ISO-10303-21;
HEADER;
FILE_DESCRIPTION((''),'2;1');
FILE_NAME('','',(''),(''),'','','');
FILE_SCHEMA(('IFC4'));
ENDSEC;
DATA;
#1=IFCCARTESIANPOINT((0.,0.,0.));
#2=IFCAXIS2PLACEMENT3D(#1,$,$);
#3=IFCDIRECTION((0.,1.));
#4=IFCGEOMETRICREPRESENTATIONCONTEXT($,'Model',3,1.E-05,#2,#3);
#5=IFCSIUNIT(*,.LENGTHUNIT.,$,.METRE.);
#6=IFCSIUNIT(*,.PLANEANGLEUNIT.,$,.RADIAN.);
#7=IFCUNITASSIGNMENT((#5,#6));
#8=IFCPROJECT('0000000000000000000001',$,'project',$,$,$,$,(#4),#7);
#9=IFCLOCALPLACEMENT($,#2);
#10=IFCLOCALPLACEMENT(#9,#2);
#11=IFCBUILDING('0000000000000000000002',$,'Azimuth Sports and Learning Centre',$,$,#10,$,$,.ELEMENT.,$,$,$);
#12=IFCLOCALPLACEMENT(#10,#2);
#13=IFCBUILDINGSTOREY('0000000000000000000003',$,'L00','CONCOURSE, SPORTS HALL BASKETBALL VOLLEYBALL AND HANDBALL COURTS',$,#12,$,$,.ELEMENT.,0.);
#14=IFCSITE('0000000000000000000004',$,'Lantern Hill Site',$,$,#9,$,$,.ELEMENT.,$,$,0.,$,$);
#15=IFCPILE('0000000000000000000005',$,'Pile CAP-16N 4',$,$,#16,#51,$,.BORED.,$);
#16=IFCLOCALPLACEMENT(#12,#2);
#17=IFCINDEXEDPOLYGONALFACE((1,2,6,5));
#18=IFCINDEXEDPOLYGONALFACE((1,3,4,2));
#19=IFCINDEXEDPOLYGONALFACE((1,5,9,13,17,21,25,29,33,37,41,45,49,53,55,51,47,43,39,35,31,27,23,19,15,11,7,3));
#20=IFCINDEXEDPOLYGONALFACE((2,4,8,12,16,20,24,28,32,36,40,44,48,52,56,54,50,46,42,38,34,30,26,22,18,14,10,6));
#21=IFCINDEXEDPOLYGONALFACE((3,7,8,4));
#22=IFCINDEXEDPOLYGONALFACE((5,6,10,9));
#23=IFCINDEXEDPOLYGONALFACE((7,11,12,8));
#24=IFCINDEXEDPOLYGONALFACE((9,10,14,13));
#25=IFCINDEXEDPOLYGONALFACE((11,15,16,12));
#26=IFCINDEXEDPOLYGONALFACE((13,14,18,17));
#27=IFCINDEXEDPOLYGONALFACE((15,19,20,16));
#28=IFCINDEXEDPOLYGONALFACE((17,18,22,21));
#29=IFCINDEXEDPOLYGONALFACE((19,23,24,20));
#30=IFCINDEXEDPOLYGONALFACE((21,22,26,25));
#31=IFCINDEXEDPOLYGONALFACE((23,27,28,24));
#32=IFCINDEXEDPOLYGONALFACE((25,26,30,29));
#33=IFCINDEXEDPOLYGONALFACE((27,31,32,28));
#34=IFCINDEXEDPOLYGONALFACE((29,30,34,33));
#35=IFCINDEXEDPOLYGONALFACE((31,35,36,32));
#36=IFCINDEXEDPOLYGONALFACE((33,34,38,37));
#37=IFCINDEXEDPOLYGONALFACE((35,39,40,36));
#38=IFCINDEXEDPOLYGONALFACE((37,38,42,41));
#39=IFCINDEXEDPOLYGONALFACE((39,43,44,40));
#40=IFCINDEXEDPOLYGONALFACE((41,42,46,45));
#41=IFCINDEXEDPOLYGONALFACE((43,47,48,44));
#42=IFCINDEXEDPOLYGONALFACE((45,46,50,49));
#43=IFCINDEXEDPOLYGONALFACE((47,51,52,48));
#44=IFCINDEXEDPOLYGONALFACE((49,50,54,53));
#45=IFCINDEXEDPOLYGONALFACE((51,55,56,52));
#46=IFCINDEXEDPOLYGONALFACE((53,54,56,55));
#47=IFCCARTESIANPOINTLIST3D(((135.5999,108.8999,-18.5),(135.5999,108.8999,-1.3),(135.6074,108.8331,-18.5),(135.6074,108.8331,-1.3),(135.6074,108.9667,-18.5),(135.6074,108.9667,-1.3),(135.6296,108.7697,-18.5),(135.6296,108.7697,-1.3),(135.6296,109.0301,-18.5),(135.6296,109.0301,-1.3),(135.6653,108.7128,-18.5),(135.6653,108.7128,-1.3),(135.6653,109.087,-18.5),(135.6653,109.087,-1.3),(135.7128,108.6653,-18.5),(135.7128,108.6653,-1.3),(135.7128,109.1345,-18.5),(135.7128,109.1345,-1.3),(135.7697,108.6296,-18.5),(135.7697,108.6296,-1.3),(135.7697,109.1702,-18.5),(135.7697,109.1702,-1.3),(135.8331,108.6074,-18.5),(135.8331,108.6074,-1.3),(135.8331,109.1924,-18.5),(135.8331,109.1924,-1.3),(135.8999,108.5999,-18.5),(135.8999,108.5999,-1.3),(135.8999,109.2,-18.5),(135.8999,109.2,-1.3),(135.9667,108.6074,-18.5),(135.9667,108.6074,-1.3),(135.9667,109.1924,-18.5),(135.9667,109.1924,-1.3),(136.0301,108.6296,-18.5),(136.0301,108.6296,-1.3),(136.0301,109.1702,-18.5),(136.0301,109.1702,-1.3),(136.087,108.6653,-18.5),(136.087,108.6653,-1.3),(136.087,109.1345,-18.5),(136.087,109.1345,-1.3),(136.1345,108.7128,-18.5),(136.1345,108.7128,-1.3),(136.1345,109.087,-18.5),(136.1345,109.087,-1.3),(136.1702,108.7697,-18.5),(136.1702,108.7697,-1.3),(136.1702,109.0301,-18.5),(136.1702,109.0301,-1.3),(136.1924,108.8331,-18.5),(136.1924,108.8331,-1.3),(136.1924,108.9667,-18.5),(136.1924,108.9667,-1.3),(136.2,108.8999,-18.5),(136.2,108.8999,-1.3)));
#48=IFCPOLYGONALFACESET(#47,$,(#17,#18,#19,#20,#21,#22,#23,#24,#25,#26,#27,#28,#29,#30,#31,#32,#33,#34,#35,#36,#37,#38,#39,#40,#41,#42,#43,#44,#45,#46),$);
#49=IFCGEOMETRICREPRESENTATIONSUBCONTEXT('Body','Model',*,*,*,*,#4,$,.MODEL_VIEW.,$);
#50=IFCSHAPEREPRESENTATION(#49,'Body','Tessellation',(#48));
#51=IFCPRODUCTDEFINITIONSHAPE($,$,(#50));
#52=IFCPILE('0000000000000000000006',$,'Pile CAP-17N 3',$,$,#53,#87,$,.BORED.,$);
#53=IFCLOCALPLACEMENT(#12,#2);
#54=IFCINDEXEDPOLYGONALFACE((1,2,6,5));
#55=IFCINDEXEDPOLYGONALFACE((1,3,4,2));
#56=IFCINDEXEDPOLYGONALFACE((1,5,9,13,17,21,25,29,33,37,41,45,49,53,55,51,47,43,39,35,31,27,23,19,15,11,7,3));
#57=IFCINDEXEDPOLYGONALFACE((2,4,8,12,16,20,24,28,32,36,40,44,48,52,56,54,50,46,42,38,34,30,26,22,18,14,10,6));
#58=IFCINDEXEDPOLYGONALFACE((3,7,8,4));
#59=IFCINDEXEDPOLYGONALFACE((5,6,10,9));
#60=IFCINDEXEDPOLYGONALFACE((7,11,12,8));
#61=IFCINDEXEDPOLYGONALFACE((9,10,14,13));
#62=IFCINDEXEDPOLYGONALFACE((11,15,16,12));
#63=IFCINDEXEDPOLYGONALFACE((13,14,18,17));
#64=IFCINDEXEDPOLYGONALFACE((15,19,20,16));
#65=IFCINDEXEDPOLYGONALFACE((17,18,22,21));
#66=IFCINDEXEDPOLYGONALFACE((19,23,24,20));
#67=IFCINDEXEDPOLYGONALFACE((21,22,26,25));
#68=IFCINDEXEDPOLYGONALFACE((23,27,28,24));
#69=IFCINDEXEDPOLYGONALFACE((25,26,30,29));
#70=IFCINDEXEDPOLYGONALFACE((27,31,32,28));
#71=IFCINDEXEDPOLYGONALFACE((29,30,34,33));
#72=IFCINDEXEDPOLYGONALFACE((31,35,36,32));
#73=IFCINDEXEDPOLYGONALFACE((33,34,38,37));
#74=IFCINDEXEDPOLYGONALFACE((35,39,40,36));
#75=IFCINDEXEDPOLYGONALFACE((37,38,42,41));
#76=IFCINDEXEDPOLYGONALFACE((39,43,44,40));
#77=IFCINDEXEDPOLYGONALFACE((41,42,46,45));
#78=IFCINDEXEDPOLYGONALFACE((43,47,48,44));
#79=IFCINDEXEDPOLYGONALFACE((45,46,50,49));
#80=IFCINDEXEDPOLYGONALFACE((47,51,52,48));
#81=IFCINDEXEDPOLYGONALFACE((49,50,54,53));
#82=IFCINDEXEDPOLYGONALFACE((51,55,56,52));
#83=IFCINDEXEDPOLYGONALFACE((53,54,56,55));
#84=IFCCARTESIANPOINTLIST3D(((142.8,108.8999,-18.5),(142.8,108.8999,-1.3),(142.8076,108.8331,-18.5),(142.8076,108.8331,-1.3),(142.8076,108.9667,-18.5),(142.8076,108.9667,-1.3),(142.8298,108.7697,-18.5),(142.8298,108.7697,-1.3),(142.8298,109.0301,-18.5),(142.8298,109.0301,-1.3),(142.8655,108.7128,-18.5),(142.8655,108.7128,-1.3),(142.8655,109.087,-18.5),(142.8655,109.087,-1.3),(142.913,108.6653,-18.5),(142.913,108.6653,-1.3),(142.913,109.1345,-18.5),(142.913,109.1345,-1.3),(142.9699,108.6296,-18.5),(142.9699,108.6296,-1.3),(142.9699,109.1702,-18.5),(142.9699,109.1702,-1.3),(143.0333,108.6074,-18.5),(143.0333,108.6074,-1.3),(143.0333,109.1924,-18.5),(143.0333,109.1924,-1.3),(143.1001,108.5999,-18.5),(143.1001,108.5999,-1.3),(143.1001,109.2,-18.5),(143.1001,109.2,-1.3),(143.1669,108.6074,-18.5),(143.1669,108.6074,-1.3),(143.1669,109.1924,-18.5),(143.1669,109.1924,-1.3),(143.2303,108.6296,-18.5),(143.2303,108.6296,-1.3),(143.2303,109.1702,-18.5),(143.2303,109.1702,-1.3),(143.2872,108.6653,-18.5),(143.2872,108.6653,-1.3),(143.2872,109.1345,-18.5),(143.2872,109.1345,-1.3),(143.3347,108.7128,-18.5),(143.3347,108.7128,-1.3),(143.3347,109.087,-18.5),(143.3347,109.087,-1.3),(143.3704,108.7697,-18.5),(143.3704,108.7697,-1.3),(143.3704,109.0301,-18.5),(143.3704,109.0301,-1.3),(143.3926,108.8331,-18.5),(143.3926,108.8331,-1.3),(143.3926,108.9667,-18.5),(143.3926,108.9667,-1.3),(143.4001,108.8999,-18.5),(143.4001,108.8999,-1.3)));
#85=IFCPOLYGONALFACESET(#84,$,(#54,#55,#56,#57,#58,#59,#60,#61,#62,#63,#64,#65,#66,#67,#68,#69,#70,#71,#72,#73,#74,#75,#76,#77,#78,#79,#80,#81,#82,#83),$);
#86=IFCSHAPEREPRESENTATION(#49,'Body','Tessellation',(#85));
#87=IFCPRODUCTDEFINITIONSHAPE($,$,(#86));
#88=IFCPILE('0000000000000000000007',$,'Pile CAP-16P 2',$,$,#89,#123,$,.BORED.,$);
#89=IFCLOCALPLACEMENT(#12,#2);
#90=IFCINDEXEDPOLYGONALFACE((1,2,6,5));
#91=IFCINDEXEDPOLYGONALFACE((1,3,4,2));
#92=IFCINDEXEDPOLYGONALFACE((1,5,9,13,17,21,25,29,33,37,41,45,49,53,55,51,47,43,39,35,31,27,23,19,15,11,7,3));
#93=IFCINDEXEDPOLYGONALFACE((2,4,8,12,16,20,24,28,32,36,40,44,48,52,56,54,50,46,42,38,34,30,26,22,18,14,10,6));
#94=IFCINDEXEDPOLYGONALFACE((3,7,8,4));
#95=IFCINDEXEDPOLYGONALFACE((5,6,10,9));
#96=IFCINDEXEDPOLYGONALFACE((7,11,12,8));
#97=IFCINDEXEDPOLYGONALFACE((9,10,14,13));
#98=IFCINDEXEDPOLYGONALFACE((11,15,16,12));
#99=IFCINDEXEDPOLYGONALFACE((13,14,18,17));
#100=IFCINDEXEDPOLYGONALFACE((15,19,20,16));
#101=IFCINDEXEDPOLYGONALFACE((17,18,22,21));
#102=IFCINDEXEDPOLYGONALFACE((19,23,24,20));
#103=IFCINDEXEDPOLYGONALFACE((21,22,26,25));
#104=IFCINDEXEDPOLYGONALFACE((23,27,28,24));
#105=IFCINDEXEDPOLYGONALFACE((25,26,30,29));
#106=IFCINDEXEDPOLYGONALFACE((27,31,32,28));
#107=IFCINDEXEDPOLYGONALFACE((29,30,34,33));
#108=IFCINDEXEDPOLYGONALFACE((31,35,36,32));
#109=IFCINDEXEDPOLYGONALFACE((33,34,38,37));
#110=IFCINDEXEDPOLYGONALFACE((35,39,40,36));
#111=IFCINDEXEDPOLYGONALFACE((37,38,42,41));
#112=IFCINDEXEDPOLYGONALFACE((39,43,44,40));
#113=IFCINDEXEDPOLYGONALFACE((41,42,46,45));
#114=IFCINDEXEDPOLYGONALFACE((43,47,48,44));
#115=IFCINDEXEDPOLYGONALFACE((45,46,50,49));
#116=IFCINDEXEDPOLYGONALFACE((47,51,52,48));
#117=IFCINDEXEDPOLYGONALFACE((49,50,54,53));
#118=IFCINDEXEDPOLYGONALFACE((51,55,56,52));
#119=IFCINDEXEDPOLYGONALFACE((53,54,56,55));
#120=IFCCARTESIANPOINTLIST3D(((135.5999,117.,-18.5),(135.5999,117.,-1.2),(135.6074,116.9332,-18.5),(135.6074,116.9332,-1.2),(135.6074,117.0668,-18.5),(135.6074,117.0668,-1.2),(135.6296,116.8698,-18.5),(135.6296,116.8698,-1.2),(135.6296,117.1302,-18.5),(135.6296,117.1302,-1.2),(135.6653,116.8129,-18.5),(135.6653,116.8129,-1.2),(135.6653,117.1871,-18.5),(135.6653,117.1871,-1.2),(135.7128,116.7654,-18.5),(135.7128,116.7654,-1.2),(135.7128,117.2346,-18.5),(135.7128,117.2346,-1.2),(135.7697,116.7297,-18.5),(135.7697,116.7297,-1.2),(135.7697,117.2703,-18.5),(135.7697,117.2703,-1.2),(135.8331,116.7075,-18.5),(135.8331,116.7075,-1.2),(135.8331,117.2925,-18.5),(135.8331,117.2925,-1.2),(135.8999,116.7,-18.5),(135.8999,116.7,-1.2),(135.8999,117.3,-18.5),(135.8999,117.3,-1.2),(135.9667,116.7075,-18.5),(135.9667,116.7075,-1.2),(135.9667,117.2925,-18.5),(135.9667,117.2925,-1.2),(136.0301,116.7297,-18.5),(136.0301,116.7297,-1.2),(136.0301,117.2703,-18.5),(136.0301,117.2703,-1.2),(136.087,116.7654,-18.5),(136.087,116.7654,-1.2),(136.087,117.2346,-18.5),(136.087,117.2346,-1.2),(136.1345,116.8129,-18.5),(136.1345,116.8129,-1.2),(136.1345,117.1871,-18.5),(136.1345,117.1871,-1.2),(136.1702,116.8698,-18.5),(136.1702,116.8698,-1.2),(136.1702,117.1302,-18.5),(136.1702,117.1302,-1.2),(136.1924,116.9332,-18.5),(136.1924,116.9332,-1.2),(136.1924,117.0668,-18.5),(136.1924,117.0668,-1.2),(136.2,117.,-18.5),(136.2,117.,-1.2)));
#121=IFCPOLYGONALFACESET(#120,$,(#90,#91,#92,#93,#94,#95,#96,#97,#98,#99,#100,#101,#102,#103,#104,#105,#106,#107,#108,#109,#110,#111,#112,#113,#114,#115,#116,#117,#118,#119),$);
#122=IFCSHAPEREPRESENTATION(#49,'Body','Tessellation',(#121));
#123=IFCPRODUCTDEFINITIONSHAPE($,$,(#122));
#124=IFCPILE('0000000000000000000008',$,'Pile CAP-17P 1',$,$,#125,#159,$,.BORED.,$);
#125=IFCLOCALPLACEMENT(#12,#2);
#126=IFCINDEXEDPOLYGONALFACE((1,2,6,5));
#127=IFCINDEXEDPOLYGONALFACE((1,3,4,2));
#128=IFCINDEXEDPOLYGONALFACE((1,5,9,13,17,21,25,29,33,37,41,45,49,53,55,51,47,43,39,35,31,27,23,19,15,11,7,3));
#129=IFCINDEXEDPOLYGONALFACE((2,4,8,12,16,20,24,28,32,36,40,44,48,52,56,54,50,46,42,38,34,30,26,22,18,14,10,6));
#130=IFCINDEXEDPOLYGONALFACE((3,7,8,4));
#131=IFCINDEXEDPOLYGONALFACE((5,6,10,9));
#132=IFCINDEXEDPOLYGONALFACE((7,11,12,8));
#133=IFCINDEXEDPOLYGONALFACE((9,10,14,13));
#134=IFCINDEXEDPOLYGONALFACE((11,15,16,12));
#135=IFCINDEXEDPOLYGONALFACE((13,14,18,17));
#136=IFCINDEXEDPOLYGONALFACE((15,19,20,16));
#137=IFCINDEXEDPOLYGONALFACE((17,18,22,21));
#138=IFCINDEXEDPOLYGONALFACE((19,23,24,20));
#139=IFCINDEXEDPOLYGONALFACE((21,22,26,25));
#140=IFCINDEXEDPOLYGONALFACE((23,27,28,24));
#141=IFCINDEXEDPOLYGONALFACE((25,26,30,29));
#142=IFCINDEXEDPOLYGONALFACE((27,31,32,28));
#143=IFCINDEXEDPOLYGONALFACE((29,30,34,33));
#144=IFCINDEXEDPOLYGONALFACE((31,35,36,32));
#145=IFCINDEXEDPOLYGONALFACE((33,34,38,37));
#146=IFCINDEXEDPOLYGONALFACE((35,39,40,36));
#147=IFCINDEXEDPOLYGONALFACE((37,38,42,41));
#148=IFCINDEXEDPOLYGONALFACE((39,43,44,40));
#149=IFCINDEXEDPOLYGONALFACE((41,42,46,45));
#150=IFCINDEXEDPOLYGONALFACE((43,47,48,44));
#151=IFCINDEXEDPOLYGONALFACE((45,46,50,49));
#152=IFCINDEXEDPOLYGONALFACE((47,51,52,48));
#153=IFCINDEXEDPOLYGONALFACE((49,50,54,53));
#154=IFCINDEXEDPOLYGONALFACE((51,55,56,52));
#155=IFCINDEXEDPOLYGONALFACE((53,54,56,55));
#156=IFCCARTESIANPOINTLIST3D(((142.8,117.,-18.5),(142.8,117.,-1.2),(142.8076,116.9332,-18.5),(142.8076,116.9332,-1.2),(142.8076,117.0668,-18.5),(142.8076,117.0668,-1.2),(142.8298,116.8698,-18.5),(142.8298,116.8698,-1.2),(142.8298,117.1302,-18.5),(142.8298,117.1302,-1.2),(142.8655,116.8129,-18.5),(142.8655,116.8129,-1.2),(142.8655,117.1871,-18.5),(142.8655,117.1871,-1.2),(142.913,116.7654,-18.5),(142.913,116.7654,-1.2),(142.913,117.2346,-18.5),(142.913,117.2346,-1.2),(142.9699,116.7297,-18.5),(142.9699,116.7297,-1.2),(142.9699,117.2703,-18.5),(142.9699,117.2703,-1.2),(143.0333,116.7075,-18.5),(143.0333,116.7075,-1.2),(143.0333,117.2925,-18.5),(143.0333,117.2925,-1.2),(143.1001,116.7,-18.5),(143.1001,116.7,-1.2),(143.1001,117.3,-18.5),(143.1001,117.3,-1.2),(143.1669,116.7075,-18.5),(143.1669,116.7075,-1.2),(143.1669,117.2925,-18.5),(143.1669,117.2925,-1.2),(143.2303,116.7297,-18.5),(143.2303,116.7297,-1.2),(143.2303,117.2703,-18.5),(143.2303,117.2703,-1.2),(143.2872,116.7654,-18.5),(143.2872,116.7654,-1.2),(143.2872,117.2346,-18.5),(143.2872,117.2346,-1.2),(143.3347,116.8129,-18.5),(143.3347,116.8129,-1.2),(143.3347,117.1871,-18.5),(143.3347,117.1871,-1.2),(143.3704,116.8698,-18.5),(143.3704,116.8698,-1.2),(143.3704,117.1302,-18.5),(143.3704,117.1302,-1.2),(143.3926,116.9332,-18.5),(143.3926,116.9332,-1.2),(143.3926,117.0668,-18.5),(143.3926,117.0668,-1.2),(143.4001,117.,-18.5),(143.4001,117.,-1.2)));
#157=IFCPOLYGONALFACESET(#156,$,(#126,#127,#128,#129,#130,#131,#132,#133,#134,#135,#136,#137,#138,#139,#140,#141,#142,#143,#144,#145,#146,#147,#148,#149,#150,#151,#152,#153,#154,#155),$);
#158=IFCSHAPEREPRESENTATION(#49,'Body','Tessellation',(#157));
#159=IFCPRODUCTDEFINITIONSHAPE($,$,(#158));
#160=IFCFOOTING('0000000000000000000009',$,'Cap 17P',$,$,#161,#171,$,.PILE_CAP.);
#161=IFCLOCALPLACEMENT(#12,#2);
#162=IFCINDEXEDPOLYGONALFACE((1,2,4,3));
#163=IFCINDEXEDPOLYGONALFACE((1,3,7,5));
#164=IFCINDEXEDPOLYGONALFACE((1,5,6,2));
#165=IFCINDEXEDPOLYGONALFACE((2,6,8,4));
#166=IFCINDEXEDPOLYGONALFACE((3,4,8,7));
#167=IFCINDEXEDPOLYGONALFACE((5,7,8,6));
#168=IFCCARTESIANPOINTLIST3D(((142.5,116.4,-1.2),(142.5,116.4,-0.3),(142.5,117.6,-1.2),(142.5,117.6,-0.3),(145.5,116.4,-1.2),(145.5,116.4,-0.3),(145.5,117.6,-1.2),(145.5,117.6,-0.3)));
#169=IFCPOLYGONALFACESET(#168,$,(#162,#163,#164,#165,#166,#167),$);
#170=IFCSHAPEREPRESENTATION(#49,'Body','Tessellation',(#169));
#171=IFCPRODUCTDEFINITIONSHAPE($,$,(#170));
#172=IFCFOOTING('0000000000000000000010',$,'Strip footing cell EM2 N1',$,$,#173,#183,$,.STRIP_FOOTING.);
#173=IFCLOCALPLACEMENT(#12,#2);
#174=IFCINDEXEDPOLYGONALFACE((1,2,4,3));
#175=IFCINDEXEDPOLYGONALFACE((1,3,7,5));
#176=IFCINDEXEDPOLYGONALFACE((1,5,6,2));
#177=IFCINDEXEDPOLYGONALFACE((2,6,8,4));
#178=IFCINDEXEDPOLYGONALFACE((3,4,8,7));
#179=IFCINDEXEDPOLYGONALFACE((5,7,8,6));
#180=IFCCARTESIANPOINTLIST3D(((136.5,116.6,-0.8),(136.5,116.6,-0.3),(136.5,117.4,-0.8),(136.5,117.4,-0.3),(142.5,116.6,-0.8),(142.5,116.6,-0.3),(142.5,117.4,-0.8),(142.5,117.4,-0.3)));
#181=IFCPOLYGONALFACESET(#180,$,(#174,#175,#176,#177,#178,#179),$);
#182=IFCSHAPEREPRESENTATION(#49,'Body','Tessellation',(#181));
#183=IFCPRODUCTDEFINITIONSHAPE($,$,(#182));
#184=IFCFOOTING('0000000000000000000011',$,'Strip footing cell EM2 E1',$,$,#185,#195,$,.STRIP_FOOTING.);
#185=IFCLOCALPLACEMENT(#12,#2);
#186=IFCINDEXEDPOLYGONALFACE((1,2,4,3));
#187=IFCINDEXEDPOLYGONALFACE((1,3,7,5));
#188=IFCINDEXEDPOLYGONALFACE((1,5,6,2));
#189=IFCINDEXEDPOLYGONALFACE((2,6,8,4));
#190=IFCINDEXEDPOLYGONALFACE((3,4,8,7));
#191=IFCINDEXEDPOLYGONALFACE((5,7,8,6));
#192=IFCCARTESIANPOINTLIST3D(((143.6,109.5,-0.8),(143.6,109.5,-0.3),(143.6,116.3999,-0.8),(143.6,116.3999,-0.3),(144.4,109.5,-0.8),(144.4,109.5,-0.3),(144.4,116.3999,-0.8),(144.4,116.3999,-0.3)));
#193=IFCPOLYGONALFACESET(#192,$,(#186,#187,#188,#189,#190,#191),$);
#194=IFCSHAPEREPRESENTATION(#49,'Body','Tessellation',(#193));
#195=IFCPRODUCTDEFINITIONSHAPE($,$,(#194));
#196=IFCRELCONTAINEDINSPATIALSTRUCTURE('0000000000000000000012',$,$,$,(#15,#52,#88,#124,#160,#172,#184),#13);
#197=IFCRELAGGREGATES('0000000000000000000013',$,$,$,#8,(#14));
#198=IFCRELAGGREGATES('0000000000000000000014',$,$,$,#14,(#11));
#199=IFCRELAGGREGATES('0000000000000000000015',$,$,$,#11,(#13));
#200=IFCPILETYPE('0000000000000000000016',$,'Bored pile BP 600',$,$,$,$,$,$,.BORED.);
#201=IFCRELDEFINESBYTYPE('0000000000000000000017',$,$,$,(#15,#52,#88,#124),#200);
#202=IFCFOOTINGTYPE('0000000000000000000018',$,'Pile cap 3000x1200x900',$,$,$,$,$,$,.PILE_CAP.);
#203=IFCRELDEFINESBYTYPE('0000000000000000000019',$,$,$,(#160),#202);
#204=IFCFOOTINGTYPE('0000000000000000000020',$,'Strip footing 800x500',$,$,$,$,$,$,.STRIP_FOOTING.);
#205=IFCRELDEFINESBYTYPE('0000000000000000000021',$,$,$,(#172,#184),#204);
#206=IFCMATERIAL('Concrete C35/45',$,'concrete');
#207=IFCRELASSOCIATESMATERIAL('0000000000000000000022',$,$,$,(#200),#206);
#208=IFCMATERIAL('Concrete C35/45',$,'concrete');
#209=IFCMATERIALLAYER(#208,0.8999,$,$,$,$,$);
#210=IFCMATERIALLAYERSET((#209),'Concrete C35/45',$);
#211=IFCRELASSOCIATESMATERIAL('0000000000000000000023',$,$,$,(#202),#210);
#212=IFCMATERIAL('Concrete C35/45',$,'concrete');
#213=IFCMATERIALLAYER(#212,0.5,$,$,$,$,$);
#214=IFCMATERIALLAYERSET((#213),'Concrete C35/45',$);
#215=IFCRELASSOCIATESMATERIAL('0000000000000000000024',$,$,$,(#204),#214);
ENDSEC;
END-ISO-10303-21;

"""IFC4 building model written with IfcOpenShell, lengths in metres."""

from ifc_helpers import new_model, si_unit, direction, frame, origin, origin_2d, place, context, subcontext, project, spatial, rectangle, circle, extrude, material, layer, layer_set, material_profile, profile_set, type_object, element, save


model = new_model("IFC4")

# Units and contexts
model_context = context("Model", 3, precision=1e-05, world=origin(), true_north=direction((0.0, 1.0)))
body_context = subcontext(model_context, "Body", "Model", "MODEL_VIEW")
ifc_project = project(units=[si_unit("LENGTHUNIT", "METRE"), si_unit("PLANEANGLEUNIT", "RADIAN")], contexts=[model_context])

# Site, building, storey
site_placement = place(None, origin())
site = spatial("IfcSite", under=ifc_project, at=site_placement, Name="Lantern Hill Site", CompositionType="ELEMENT", RefElevation=0.0)
building_placement = place(site_placement, origin())
building = spatial("IfcBuilding", under=site, at=building_placement, Name="Azimuth Sports and Learning Centre", CompositionType="ELEMENT")
storey_placement = place(building_placement, origin())
storey = spatial("IfcBuildingStorey", under=building, at=storey_placement, Name="L00", Description="CONCOURSE, SPORTS HALL BASKETBALL VOLLEYBALL AND HANDBALL COURTS", CompositionType="ELEMENT", Elevation=0.0)

# Piles
ifc_material_1 = material(Name="Concrete C35/45", Category="concrete")
ifc_material_profile_1 = material_profile(ifc_material_1, circle(Radius=0.3, at=origin_2d()), Name="BP 600")
ifc_profile_set_1 = profile_set([ifc_material_profile_1], Name="Concrete C35/45")
pile_type = type_object("IfcPileType", Name="Bored pile BP 600", PredefinedType="BORED", material=ifc_profile_set_1)
for number, where, z_axis, x_axis, name in (
    (1, (135.8999, 108.8999, -1.3), (0.0, 0.0, -1.0), (1.0, 0.0, 0.0), "Pile CAP-16N 4"),
    (2, (143.1001, 108.8999, -1.3), (0.0, 0.0, -1.0), (1.0, 0.0, 0.0), "Pile CAP-17N 3"),
):
    element("IfcPile", number, at=place(storey_placement, frame(where, z_axis=z_axis, x_axis=x_axis)), inside=storey, type_object=pile_type, Name=name, PredefinedType="BORED", context=body_context, shape_type="SweptSolid", body=[
        extrude(circle(Radius=0.3, at=origin_2d()), origin(), (0.0, 0.0, 1.0), 17.2),
    ])
for number, where, z_axis, x_axis, name in (
    (3, (135.8999, 117.0, -1.2), (0.0, 0.0, -1.0), (1.0, 0.0, 0.0), "Pile CAP-16P 2"),
    (4, (143.1001, 117.0, -1.2), (0.0, 0.0, -1.0), (1.0, 0.0, 0.0), "Pile CAP-17P 1"),
):
    element("IfcPile", number, at=place(storey_placement, frame(where, z_axis=z_axis, x_axis=x_axis)), inside=storey, type_object=pile_type, Name=name, PredefinedType="BORED", context=body_context, shape_type="SweptSolid", body=[
        extrude(circle(Radius=0.3, at=origin_2d()), origin(), (0.0, 0.0, 1.0), 17.3),
    ])

# Footings
ifc_material_2 = material(Name="Concrete C35/45", Category="concrete")
ifc_layer_1 = layer(ifc_material_2, 0.8999)
ifc_layer_set_1 = layer_set([ifc_layer_1], Name="Concrete C35/45")
footing_type_1 = type_object("IfcFootingType", Name="Pile cap 3000x1200x900", PredefinedType="PILE_CAP", material=ifc_layer_set_1)
footing_1_placement = place(storey_placement, frame((144.0, 117.0, -1.2), z_axis=(0.0, 0.0, 1.0), x_axis=(1.0, 0.0, 0.0)))
element("IfcFooting", 5, at=footing_1_placement, inside=storey, type_object=footing_type_1, Name="Cap 17P", PredefinedType="PILE_CAP", context=body_context, shape_type="SweptSolid", body=[
    extrude(rectangle(XDim=3.0, YDim=1.2, at=origin_2d()), origin(), (0.0, 0.0, 1.0), 0.8999),
])
ifc_material_3 = material(Name="Concrete C35/45", Category="concrete")
ifc_layer_2 = layer(ifc_material_3, 0.5)
ifc_layer_set_2 = layer_set([ifc_layer_2], Name="Concrete C35/45")
footing_type_2 = type_object("IfcFootingType", Name="Strip footing 800x500", PredefinedType="STRIP_FOOTING", material=ifc_layer_set_2)
footing_2_placement = place(storey_placement, frame((139.5, 117.0, -0.8), z_axis=(0.0, 0.0, 1.0), x_axis=(1.0, 0.0, 0.0)))
element("IfcFooting", 6, at=footing_2_placement, inside=storey, type_object=footing_type_2, Name="Strip footing cell EM2 N1", PredefinedType="STRIP_FOOTING", context=body_context, shape_type="SweptSolid", body=[
    extrude(rectangle(XDim=6.0, YDim=0.8, at=origin_2d()), origin(), (0.0, 0.0, 1.0), 0.5),
])
footing_3_placement = place(storey_placement, frame((144.0, 112.95, -0.8), z_axis=(0.0, 0.0, 1.0), x_axis=(1.0, 0.0, 0.0)))
element("IfcFooting", 7, at=footing_3_placement, inside=storey, type_object=footing_type_2, Name="Strip footing cell EM2 E1", PredefinedType="STRIP_FOOTING", context=body_context, shape_type="SweptSolid", body=[
    extrude(rectangle(XDim=0.8, YDim=6.8999, at=origin_2d()), origin(), (0.0, 0.0, 1.0), 0.5),
])

save(model, "model.ifc")
